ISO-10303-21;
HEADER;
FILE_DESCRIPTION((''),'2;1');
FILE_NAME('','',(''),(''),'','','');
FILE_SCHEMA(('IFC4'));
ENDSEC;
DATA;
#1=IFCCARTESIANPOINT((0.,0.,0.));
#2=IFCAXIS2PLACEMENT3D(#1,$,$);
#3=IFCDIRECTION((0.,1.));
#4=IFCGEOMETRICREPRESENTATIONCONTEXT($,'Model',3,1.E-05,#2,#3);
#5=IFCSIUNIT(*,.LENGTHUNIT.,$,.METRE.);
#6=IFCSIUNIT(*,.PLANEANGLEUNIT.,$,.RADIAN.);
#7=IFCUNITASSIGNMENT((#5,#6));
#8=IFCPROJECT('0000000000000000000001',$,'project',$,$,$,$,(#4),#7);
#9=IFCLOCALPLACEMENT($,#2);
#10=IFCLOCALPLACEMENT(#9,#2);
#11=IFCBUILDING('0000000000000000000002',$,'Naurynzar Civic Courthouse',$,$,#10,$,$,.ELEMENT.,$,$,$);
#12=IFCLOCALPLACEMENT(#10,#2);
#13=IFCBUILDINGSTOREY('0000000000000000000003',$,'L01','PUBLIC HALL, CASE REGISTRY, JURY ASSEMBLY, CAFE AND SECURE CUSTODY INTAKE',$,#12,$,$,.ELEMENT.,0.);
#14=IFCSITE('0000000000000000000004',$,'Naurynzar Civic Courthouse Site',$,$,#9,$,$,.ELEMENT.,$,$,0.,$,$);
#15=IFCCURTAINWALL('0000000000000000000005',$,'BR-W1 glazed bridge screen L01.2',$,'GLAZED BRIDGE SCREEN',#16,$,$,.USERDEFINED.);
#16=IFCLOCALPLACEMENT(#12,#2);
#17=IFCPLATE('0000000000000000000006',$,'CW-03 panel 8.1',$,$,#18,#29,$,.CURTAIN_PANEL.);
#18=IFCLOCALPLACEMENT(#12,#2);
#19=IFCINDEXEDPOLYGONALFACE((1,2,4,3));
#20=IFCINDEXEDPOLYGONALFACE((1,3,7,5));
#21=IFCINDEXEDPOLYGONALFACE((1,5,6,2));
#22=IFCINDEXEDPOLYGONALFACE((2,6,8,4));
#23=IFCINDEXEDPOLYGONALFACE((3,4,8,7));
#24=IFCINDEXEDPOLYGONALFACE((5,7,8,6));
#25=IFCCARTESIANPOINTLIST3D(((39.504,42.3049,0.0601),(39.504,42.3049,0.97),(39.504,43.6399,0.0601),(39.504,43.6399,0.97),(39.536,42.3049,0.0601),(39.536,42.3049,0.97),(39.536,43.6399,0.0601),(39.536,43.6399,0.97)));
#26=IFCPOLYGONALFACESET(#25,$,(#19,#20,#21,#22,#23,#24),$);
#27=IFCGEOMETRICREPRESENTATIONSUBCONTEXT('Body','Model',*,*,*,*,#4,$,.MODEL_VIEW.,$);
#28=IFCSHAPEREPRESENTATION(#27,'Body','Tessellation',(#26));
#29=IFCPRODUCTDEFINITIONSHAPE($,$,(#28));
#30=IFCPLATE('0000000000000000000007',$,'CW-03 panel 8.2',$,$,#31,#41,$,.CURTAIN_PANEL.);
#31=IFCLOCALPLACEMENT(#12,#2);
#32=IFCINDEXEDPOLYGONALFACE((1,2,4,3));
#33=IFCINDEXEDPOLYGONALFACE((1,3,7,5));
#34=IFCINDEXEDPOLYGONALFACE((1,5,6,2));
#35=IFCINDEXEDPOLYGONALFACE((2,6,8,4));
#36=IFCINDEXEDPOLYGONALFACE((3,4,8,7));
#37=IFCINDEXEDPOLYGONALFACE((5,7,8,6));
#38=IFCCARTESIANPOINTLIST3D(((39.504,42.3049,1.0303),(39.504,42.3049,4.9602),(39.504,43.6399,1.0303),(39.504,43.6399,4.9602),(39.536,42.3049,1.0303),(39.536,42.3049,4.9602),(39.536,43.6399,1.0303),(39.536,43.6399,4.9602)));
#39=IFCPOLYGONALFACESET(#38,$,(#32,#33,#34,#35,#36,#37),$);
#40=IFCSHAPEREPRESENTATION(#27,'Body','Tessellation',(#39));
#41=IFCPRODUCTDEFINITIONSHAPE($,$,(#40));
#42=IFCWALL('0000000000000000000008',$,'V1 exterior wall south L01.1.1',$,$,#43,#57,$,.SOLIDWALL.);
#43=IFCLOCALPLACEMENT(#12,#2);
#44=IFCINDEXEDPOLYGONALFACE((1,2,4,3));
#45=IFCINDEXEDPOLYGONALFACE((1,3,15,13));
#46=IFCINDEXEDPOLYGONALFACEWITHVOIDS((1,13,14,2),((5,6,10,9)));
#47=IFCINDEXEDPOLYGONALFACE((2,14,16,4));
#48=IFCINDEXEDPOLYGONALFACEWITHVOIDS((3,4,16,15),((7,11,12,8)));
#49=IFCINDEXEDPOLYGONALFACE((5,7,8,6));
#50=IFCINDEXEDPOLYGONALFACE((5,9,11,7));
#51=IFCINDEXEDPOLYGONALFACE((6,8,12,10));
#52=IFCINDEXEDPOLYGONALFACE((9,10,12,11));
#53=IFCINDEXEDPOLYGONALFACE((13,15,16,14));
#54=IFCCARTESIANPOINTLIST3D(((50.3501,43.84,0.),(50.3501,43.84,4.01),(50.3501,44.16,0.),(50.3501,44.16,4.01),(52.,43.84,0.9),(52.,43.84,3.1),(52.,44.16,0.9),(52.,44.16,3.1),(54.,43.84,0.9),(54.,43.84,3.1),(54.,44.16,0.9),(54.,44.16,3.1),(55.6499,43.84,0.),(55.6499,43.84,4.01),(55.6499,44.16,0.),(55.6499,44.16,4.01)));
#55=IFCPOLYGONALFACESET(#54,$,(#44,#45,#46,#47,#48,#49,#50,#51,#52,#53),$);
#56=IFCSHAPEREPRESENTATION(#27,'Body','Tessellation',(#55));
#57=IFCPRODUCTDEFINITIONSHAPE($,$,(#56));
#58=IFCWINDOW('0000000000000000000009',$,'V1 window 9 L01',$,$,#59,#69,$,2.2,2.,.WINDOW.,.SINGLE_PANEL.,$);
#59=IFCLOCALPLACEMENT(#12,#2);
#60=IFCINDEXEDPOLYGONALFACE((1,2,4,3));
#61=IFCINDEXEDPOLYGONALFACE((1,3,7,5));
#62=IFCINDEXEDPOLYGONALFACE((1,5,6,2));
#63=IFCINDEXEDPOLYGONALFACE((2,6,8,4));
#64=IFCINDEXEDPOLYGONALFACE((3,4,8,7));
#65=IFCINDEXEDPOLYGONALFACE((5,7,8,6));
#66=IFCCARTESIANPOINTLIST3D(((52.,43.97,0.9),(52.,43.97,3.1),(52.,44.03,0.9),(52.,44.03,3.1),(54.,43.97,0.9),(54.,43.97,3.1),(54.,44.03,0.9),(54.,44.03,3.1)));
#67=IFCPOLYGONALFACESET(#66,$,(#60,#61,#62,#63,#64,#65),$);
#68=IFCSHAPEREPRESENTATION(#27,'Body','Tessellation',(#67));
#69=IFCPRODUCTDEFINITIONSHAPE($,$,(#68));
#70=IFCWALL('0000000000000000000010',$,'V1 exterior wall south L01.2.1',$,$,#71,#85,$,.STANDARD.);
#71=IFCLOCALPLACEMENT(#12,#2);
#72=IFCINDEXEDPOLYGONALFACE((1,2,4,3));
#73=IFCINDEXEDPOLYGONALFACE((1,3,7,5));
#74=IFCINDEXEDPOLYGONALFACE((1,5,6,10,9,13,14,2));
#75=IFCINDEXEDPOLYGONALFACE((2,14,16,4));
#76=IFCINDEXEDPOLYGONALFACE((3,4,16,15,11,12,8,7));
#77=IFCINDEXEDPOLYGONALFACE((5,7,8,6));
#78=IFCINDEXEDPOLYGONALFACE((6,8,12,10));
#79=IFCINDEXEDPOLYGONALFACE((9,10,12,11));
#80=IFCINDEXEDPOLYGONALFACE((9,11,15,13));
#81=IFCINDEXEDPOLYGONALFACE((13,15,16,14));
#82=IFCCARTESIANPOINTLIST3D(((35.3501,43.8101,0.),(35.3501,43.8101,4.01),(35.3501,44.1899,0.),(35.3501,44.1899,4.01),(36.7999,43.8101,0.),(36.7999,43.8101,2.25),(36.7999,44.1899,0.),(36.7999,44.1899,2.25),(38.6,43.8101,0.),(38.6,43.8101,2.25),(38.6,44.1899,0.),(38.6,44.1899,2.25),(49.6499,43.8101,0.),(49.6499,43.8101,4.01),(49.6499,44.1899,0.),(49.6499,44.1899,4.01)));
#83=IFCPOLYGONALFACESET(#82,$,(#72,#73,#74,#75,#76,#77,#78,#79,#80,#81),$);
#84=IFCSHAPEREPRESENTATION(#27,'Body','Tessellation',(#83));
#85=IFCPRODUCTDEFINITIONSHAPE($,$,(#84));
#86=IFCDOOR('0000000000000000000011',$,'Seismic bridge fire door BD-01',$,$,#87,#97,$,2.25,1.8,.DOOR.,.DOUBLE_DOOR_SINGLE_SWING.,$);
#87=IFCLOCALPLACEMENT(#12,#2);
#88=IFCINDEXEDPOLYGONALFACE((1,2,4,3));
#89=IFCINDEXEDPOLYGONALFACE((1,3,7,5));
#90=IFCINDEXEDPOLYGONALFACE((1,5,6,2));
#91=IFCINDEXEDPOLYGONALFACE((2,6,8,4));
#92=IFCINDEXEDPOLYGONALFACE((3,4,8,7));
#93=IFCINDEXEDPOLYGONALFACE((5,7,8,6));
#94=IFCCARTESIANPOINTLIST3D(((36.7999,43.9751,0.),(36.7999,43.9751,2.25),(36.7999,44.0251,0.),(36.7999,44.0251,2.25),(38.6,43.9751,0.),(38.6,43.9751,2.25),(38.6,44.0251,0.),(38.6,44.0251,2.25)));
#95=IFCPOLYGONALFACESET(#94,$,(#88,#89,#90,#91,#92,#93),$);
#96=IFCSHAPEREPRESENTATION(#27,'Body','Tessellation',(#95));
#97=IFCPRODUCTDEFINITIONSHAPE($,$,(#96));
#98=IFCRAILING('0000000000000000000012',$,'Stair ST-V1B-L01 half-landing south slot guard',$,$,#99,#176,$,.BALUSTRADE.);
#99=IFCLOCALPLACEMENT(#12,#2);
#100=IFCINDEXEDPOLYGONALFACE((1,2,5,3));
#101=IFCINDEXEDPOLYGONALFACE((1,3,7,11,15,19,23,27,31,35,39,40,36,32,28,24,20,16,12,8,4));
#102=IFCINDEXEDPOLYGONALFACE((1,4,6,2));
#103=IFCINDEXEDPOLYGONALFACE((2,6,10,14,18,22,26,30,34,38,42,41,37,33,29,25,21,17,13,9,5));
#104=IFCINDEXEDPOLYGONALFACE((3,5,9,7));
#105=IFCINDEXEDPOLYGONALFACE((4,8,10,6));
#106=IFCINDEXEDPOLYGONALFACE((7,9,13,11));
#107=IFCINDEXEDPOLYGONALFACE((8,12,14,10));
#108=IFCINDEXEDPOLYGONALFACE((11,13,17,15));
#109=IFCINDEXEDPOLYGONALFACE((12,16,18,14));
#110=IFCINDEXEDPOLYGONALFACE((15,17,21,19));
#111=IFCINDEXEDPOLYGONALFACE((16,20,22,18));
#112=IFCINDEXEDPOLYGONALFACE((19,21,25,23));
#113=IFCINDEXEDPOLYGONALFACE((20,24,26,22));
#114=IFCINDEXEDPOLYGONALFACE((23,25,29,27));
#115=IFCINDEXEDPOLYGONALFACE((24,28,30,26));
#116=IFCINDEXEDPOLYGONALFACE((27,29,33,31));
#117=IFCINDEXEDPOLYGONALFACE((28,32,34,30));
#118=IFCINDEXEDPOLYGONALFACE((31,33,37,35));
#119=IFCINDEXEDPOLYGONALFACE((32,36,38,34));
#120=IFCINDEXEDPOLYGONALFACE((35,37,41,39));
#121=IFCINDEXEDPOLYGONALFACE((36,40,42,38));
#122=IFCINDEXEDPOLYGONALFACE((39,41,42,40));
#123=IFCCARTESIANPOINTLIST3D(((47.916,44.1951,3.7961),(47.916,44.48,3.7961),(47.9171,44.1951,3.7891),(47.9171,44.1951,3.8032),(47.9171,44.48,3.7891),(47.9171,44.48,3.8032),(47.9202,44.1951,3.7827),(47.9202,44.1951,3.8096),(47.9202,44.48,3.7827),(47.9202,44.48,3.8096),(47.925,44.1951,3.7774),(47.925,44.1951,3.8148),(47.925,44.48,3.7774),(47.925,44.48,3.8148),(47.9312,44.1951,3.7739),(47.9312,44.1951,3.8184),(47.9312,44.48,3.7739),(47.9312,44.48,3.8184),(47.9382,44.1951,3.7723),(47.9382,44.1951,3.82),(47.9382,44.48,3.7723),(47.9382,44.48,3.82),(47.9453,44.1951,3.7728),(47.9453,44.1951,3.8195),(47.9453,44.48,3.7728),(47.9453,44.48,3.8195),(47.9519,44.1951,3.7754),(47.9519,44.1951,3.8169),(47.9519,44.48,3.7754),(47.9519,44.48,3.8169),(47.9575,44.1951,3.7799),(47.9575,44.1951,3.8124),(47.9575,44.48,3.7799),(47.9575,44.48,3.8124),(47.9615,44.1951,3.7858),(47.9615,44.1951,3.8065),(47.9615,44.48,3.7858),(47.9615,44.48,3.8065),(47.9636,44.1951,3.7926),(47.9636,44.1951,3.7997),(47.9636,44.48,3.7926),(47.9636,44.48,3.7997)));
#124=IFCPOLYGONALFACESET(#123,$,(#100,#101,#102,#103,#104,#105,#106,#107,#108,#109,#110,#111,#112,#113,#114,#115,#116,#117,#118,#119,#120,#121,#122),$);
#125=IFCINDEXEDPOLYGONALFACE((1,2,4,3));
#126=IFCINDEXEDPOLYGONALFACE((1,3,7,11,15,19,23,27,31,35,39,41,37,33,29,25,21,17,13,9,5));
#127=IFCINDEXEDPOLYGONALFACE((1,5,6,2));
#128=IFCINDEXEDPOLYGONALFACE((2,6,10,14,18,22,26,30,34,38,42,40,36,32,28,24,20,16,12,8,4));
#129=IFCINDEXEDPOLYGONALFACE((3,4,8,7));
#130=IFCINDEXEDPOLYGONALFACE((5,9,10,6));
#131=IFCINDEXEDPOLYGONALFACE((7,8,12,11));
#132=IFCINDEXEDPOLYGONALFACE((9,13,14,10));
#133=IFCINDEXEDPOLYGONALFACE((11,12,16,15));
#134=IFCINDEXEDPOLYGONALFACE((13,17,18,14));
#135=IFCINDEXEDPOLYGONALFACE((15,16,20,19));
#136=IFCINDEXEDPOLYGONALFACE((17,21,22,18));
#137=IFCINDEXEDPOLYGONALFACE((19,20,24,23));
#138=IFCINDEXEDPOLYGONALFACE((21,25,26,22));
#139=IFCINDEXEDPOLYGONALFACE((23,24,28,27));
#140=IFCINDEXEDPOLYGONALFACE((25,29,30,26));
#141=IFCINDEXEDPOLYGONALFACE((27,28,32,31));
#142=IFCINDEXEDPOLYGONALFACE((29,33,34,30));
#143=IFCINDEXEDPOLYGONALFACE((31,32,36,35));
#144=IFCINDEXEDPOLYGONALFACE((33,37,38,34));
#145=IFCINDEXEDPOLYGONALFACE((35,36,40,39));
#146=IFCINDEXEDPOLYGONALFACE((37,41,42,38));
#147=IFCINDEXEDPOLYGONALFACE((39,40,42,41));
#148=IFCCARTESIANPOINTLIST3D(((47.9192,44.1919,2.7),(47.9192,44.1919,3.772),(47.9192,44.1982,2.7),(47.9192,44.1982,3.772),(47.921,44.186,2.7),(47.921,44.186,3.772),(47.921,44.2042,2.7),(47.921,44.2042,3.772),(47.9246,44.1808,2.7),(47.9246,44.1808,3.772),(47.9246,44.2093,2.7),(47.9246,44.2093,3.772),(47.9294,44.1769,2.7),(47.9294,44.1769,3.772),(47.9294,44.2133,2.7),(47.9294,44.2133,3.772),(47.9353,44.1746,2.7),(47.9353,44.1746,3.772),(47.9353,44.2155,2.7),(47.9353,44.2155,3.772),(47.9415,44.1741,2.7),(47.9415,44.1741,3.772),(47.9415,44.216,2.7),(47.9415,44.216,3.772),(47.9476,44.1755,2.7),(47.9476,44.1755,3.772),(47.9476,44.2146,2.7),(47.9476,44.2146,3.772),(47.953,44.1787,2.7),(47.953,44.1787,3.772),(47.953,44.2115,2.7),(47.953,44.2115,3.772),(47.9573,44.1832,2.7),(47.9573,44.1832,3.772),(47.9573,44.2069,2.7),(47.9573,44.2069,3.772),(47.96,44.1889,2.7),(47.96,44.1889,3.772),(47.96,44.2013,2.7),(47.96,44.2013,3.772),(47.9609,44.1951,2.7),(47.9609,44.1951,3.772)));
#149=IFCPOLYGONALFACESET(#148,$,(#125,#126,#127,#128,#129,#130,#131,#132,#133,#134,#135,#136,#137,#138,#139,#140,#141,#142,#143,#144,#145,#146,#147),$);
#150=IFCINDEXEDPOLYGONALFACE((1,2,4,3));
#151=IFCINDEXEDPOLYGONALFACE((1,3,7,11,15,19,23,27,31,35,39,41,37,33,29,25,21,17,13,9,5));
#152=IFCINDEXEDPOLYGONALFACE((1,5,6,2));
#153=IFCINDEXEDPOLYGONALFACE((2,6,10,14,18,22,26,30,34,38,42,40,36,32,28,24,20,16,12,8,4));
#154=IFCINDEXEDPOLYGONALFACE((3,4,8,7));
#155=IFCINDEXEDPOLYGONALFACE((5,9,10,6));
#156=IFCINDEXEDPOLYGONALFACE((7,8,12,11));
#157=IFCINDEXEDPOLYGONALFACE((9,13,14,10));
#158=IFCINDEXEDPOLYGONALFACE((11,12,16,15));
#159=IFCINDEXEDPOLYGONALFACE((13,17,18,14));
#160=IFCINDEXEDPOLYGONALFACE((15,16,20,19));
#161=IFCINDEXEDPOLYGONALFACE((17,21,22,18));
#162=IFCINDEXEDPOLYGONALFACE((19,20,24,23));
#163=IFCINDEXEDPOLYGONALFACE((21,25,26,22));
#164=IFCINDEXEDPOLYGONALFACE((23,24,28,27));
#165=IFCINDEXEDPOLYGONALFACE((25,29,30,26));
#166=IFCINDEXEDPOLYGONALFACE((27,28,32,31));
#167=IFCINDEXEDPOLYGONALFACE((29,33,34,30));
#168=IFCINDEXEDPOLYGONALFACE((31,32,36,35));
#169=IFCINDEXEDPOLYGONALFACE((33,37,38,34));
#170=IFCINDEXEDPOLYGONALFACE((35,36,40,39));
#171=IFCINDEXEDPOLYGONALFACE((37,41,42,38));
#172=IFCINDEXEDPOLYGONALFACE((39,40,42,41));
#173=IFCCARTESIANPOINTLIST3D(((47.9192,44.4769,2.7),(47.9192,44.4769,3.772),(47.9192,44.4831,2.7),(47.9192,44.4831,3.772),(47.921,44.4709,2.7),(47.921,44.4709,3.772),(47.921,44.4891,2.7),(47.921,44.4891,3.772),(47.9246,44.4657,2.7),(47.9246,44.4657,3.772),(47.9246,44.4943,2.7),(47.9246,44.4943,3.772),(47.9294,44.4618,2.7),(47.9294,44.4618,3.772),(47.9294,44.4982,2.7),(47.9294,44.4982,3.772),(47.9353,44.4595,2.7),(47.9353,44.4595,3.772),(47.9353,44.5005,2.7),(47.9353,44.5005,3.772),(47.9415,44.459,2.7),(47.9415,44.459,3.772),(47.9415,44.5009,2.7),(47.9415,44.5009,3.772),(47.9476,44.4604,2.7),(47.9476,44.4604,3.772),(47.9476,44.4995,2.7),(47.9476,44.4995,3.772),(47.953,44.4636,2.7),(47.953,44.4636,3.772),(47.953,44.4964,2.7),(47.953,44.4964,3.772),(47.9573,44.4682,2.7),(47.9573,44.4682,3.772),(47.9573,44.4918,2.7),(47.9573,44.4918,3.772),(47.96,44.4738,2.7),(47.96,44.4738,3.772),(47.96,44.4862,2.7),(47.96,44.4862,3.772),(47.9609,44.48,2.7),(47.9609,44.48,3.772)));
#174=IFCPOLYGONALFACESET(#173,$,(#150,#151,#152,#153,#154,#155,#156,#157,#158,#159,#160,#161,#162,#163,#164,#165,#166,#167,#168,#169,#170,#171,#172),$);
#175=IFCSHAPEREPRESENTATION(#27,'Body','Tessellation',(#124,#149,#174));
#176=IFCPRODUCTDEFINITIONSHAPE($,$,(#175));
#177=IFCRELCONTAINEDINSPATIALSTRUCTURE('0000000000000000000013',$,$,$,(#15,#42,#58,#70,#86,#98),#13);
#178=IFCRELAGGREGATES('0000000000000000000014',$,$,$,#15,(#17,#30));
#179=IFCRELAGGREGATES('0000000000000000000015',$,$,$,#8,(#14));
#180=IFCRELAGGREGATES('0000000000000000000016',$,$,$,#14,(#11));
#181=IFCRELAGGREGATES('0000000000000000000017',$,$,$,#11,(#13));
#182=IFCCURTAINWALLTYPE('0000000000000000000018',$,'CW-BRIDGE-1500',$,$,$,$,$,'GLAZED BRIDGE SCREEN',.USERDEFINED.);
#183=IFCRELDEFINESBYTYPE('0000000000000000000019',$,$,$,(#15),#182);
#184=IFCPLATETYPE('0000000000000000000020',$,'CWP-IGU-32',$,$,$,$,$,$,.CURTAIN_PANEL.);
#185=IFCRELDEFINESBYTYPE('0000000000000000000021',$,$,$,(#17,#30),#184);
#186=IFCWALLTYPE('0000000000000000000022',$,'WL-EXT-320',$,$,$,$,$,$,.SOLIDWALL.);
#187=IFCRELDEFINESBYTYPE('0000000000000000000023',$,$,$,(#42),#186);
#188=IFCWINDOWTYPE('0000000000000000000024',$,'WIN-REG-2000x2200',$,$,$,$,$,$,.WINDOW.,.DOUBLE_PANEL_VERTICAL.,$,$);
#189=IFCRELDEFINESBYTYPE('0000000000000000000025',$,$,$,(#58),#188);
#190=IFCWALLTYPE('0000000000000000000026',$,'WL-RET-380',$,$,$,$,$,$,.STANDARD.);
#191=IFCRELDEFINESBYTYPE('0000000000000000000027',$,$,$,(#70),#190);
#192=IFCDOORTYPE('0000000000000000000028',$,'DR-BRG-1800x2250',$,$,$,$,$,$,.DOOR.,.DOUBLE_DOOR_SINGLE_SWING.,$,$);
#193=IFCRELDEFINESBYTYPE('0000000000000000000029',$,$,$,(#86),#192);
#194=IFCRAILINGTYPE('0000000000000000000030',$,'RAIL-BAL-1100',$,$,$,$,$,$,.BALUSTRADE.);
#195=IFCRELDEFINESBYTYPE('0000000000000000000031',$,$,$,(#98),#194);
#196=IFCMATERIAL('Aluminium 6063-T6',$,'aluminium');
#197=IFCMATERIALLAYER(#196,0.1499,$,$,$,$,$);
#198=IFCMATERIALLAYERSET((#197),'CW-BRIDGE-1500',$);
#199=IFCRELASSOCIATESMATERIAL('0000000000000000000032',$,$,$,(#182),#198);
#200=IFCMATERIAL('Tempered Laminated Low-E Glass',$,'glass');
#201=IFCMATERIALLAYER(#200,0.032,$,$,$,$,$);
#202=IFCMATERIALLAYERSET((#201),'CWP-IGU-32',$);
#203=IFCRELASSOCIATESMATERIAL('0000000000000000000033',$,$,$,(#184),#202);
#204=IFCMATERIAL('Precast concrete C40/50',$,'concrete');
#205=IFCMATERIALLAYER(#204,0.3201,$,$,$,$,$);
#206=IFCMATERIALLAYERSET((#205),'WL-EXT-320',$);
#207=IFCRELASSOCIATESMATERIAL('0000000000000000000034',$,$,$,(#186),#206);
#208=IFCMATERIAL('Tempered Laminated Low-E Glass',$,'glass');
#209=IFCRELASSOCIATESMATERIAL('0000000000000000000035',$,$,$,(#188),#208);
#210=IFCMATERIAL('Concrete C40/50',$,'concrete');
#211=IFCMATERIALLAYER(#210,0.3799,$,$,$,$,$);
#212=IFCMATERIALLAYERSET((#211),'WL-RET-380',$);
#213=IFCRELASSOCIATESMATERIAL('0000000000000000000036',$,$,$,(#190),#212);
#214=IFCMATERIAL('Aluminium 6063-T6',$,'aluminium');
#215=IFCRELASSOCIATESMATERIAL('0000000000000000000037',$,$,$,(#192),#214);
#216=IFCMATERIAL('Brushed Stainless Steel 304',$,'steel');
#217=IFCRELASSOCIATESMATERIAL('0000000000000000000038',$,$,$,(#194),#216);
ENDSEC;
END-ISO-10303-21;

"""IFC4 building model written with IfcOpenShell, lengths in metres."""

from ifc_helpers import new_model, si_unit, direction, frame, frame_2d, origin, origin_2d, place, context, subcontext, project, spatial, rectangle, circle, extrude, material, layer, layer_set, type_object, element, fill, aggregate, save


model = new_model("IFC4")

# Units and contexts
model_context = context("Model", 3, precision=1e-05, world=origin(), true_north=direction((0.0, 1.0)))
body_context = subcontext(model_context, "Body", "Model", "MODEL_VIEW")
ifc_project = project(units=[si_unit("LENGTHUNIT", "METRE"), si_unit("PLANEANGLEUNIT", "RADIAN")], contexts=[model_context])

# Site, building, storey
site_placement = place(None, origin())
site = spatial("IfcSite", under=ifc_project, at=site_placement, Name="Naurynzar Civic Courthouse Site", CompositionType="ELEMENT", RefElevation=0.0)
building_placement = place(site_placement, origin())
building = spatial("IfcBuilding", under=site, at=building_placement, Name="Naurynzar Civic Courthouse", CompositionType="ELEMENT")
storey_placement = place(building_placement, origin())
storey = spatial("IfcBuildingStorey", under=building, at=storey_placement, Name="L01", Description="PUBLIC HALL, CASE REGISTRY, JURY ASSEMBLY, CAFE AND SECURE CUSTODY INTAKE", CompositionType="ELEMENT", Elevation=0.0)

# Curtain wall, plates
ifc_material_1 = material(Name="Aluminium 6063-T6", Category="aluminium")
ifc_layer_1 = layer(ifc_material_1, 0.1499)
ifc_layer_set_1 = layer_set([ifc_layer_1], Name="CW-BRIDGE-1500")
curtain_wall_type = type_object("IfcCurtainWallType", Name="CW-BRIDGE-1500", ElementType="GLAZED BRIDGE SCREEN", PredefinedType="USERDEFINED", material=ifc_layer_set_1)
curtain_wall_placement = place(storey_placement, origin())
curtain_wall = element("IfcCurtainWall", 1, at=curtain_wall_placement, inside=storey, type_object=curtain_wall_type, Name="BR-W1 glazed bridge screen L01.2", ObjectType="GLAZED BRIDGE SCREEN", PredefinedType="USERDEFINED")
ifc_material_2 = material(Name="Tempered Laminated Low-E Glass", Category="glass")
ifc_layer_2 = layer(ifc_material_2, 0.032)
ifc_layer_set_2 = layer_set([ifc_layer_2], Name="CWP-IGU-32")
plate_type = type_object("IfcPlateType", Name="CWP-IGU-32", PredefinedType="CURTAIN_PANEL", material=ifc_layer_set_2)
plate_1_placement = place(storey_placement, frame((39.52, 42.9724, 0.0601), z_axis=(0.0, 0.0, 1.0), x_axis=(0.0, 1.0, 0.0)))
plate_1 = element("IfcPlate", 2, at=plate_1_placement, type_object=plate_type, Name="CW-03 panel 8.1", PredefinedType="CURTAIN_PANEL", context=body_context, shape_type="SweptSolid", body=[
    extrude(rectangle(XDim=1.335, YDim=0.032, at=origin_2d()), origin(), (0.0, 0.0, 1.0), 0.9099),
])
plate_2_placement = place(storey_placement, frame((39.52, 42.9724, 1.0303), z_axis=(0.0, 0.0, 1.0), x_axis=(0.0, 1.0, 0.0)))
plate_2 = element("IfcPlate", 3, at=plate_2_placement, type_object=plate_type, Name="CW-03 panel 8.2", PredefinedType="CURTAIN_PANEL", context=body_context, shape_type="SweptSolid", body=[
    extrude(rectangle(XDim=1.335, YDim=0.032, at=origin_2d()), origin(), (0.0, 0.0, 1.0), 3.9299),
])
aggregate(curtain_wall, [plate_1, plate_2])

# Wall, opening, window
ifc_material_3 = material(Name="Precast concrete C40/50", Category="concrete")
ifc_layer_3 = layer(ifc_material_3, 0.3201)
ifc_layer_set_3 = layer_set([ifc_layer_3], Name="WL-EXT-320")
wall_type_1 = type_object("IfcWallType", Name="WL-EXT-320", PredefinedType="SOLIDWALL", material=ifc_layer_set_3)
wall_1_placement = place(storey_placement, frame((55.6499, 44.0, 0.0), z_axis=(0.0, 0.0, 1.0), x_axis=(-1.0, 0.0, 0.0)))
wall_1 = element("IfcWall", 4, at=wall_1_placement, inside=storey, type_object=wall_type_1, Name="V1 exterior wall south L01.1.1", PredefinedType="SOLIDWALL", context=body_context, shape_type="SweptSolid", body=[
    extrude(rectangle(XDim=5.2998, YDim=0.3201, at=frame_2d((2.6499, 0.0))), origin(), (0.0, 0.0, 1.0), 4.01),
])
opening_1_placement = place(wall_1_placement, frame((1.6499, 0.0, 0.8999)))
opening_1 = element("IfcOpeningElement", 5, at=opening_1_placement, cuts=wall_1, PredefinedType="OPENING", context=body_context, shape_type="SweptSolid", body=[
    extrude(rectangle(XDim=2.0, YDim=2.2, at=frame_2d((1.0, 1.1001))), frame((0.0, 0.1699, 0.0), z_axis=(0.0, -1.0, 0.0), x_axis=(1.0, 0.0, 0.0)), (0.0, 0.0, 1.0), 0.3401),
])
ifc_material_4 = material(Name="Tempered Laminated Low-E Glass", Category="glass")
window_type = type_object("IfcWindowType", Name="WIN-REG-2000x2200", PartitioningType="DOUBLE_PANEL_VERTICAL", PredefinedType="WINDOW", material=ifc_material_4)
window_placement = place(opening_1_placement, origin())
window = element("IfcWindow", 6, at=window_placement, inside=storey, type_object=window_type, Name="V1 window 9 L01", OverallHeight=2.2, OverallWidth=2.0, PartitioningType="SINGLE_PANEL", PredefinedType="WINDOW", context=body_context, shape_type="SweptSolid", body=[
    extrude(rectangle(XDim=2.0, YDim=2.2, at=frame_2d((1.0, 1.1001))), frame((0.0, 0.03, 0.0), z_axis=(0.0, -1.0, 0.0), x_axis=(1.0, 0.0, 0.0)), (0.0, 0.0, 1.0), 0.0601),
])
fill(opening_1, window)

# Wall, opening, door
ifc_material_5 = material(Name="Concrete C40/50", Category="concrete")
ifc_layer_4 = layer(ifc_material_5, 0.3799)
ifc_layer_set_4 = layer_set([ifc_layer_4], Name="WL-RET-380")
wall_type_2 = type_object("IfcWallType", Name="WL-RET-380", PredefinedType="STANDARD", material=ifc_layer_set_4)
wall_2_placement = place(storey_placement, frame((49.6499, 44.0, 0.0), z_axis=(0.0, 0.0, 1.0), x_axis=(-1.0, 0.0, 0.0)))
wall_2 = element("IfcWall", 7, at=wall_2_placement, inside=storey, type_object=wall_type_2, Name="V1 exterior wall south L01.2.1", PredefinedType="STANDARD", context=body_context, shape_type="SweptSolid", body=[
    extrude(rectangle(XDim=14.2998, YDim=0.3799, at=frame_2d((7.1499, 0.0))), origin(), (0.0, 0.0, 1.0), 4.01),
])
opening_2_placement = place(wall_2_placement, frame((11.05, 0.0, 0.0)))
opening_2 = element("IfcOpeningElement", 8, at=opening_2_placement, cuts=wall_2, PredefinedType="OPENING", context=body_context, shape_type="SweptSolid", body=[
    extrude(rectangle(XDim=1.8, YDim=2.25, at=frame_2d((0.8999, 1.125))), frame((0.0, 0.2, 0.0), z_axis=(0.0, -1.0, 0.0), x_axis=(1.0, 0.0, 0.0)), (0.0, 0.0, 1.0), 0.3999),
])
ifc_material_6 = material(Name="Aluminium 6063-T6", Category="aluminium")
door_type = type_object("IfcDoorType", Name="DR-BRG-1800x2250", OperationType="DOUBLE_DOOR_SINGLE_SWING", PredefinedType="DOOR", material=ifc_material_6)
door_placement = place(opening_2_placement, origin())
door = element("IfcDoor", 9, at=door_placement, inside=storey, type_object=door_type, Name="Seismic bridge fire door BD-01", OperationType="DOUBLE_DOOR_SINGLE_SWING", OverallHeight=2.25, OverallWidth=1.8, PredefinedType="DOOR", context=body_context, shape_type="SweptSolid", body=[
    extrude(rectangle(XDim=1.8, YDim=2.25, at=frame_2d((0.8999, 1.125))), frame((0.0, 0.0249, 0.0), z_axis=(0.0, -1.0, 0.0), x_axis=(1.0, 0.0, 0.0)), (0.0, 0.0, 1.0), 0.05),
])
fill(opening_2, door)

# Railing
ifc_material_7 = material(Name="Brushed Stainless Steel 304", Category="steel")
railing_type = type_object("IfcRailingType", Name="RAIL-BAL-1100", PredefinedType="BALUSTRADE", material=ifc_material_7)
railing_placement = place(storey_placement, frame((47.9399, 44.1951, 2.7)))
element("IfcRailing", 10, at=railing_placement, inside=storey, type_object=railing_type, Name="Stair ST-V1B-L01 half-landing south slot guard", PredefinedType="BALUSTRADE", context=body_context, shape_type="SweptSolid", body=[
    extrude(circle(Radius=0.0239, at=origin_2d()), frame((0.0, 0.0, 1.0962), z_axis=(0.0, 1.0, 0.0), x_axis=(-1.0, 0.0, 0.0)), (0.0, 0.0, 1.0), 0.2849),
    extrude(circle(Radius=0.021, at=origin_2d()), origin(), (0.0, 0.0, 1.0), 1.072),
    extrude(circle(Radius=0.021, at=origin_2d()), frame((0.0, 0.2849, 0.0)), (0.0, 0.0, 1.0), 1.072),
])

save(model, "model.ifc")
